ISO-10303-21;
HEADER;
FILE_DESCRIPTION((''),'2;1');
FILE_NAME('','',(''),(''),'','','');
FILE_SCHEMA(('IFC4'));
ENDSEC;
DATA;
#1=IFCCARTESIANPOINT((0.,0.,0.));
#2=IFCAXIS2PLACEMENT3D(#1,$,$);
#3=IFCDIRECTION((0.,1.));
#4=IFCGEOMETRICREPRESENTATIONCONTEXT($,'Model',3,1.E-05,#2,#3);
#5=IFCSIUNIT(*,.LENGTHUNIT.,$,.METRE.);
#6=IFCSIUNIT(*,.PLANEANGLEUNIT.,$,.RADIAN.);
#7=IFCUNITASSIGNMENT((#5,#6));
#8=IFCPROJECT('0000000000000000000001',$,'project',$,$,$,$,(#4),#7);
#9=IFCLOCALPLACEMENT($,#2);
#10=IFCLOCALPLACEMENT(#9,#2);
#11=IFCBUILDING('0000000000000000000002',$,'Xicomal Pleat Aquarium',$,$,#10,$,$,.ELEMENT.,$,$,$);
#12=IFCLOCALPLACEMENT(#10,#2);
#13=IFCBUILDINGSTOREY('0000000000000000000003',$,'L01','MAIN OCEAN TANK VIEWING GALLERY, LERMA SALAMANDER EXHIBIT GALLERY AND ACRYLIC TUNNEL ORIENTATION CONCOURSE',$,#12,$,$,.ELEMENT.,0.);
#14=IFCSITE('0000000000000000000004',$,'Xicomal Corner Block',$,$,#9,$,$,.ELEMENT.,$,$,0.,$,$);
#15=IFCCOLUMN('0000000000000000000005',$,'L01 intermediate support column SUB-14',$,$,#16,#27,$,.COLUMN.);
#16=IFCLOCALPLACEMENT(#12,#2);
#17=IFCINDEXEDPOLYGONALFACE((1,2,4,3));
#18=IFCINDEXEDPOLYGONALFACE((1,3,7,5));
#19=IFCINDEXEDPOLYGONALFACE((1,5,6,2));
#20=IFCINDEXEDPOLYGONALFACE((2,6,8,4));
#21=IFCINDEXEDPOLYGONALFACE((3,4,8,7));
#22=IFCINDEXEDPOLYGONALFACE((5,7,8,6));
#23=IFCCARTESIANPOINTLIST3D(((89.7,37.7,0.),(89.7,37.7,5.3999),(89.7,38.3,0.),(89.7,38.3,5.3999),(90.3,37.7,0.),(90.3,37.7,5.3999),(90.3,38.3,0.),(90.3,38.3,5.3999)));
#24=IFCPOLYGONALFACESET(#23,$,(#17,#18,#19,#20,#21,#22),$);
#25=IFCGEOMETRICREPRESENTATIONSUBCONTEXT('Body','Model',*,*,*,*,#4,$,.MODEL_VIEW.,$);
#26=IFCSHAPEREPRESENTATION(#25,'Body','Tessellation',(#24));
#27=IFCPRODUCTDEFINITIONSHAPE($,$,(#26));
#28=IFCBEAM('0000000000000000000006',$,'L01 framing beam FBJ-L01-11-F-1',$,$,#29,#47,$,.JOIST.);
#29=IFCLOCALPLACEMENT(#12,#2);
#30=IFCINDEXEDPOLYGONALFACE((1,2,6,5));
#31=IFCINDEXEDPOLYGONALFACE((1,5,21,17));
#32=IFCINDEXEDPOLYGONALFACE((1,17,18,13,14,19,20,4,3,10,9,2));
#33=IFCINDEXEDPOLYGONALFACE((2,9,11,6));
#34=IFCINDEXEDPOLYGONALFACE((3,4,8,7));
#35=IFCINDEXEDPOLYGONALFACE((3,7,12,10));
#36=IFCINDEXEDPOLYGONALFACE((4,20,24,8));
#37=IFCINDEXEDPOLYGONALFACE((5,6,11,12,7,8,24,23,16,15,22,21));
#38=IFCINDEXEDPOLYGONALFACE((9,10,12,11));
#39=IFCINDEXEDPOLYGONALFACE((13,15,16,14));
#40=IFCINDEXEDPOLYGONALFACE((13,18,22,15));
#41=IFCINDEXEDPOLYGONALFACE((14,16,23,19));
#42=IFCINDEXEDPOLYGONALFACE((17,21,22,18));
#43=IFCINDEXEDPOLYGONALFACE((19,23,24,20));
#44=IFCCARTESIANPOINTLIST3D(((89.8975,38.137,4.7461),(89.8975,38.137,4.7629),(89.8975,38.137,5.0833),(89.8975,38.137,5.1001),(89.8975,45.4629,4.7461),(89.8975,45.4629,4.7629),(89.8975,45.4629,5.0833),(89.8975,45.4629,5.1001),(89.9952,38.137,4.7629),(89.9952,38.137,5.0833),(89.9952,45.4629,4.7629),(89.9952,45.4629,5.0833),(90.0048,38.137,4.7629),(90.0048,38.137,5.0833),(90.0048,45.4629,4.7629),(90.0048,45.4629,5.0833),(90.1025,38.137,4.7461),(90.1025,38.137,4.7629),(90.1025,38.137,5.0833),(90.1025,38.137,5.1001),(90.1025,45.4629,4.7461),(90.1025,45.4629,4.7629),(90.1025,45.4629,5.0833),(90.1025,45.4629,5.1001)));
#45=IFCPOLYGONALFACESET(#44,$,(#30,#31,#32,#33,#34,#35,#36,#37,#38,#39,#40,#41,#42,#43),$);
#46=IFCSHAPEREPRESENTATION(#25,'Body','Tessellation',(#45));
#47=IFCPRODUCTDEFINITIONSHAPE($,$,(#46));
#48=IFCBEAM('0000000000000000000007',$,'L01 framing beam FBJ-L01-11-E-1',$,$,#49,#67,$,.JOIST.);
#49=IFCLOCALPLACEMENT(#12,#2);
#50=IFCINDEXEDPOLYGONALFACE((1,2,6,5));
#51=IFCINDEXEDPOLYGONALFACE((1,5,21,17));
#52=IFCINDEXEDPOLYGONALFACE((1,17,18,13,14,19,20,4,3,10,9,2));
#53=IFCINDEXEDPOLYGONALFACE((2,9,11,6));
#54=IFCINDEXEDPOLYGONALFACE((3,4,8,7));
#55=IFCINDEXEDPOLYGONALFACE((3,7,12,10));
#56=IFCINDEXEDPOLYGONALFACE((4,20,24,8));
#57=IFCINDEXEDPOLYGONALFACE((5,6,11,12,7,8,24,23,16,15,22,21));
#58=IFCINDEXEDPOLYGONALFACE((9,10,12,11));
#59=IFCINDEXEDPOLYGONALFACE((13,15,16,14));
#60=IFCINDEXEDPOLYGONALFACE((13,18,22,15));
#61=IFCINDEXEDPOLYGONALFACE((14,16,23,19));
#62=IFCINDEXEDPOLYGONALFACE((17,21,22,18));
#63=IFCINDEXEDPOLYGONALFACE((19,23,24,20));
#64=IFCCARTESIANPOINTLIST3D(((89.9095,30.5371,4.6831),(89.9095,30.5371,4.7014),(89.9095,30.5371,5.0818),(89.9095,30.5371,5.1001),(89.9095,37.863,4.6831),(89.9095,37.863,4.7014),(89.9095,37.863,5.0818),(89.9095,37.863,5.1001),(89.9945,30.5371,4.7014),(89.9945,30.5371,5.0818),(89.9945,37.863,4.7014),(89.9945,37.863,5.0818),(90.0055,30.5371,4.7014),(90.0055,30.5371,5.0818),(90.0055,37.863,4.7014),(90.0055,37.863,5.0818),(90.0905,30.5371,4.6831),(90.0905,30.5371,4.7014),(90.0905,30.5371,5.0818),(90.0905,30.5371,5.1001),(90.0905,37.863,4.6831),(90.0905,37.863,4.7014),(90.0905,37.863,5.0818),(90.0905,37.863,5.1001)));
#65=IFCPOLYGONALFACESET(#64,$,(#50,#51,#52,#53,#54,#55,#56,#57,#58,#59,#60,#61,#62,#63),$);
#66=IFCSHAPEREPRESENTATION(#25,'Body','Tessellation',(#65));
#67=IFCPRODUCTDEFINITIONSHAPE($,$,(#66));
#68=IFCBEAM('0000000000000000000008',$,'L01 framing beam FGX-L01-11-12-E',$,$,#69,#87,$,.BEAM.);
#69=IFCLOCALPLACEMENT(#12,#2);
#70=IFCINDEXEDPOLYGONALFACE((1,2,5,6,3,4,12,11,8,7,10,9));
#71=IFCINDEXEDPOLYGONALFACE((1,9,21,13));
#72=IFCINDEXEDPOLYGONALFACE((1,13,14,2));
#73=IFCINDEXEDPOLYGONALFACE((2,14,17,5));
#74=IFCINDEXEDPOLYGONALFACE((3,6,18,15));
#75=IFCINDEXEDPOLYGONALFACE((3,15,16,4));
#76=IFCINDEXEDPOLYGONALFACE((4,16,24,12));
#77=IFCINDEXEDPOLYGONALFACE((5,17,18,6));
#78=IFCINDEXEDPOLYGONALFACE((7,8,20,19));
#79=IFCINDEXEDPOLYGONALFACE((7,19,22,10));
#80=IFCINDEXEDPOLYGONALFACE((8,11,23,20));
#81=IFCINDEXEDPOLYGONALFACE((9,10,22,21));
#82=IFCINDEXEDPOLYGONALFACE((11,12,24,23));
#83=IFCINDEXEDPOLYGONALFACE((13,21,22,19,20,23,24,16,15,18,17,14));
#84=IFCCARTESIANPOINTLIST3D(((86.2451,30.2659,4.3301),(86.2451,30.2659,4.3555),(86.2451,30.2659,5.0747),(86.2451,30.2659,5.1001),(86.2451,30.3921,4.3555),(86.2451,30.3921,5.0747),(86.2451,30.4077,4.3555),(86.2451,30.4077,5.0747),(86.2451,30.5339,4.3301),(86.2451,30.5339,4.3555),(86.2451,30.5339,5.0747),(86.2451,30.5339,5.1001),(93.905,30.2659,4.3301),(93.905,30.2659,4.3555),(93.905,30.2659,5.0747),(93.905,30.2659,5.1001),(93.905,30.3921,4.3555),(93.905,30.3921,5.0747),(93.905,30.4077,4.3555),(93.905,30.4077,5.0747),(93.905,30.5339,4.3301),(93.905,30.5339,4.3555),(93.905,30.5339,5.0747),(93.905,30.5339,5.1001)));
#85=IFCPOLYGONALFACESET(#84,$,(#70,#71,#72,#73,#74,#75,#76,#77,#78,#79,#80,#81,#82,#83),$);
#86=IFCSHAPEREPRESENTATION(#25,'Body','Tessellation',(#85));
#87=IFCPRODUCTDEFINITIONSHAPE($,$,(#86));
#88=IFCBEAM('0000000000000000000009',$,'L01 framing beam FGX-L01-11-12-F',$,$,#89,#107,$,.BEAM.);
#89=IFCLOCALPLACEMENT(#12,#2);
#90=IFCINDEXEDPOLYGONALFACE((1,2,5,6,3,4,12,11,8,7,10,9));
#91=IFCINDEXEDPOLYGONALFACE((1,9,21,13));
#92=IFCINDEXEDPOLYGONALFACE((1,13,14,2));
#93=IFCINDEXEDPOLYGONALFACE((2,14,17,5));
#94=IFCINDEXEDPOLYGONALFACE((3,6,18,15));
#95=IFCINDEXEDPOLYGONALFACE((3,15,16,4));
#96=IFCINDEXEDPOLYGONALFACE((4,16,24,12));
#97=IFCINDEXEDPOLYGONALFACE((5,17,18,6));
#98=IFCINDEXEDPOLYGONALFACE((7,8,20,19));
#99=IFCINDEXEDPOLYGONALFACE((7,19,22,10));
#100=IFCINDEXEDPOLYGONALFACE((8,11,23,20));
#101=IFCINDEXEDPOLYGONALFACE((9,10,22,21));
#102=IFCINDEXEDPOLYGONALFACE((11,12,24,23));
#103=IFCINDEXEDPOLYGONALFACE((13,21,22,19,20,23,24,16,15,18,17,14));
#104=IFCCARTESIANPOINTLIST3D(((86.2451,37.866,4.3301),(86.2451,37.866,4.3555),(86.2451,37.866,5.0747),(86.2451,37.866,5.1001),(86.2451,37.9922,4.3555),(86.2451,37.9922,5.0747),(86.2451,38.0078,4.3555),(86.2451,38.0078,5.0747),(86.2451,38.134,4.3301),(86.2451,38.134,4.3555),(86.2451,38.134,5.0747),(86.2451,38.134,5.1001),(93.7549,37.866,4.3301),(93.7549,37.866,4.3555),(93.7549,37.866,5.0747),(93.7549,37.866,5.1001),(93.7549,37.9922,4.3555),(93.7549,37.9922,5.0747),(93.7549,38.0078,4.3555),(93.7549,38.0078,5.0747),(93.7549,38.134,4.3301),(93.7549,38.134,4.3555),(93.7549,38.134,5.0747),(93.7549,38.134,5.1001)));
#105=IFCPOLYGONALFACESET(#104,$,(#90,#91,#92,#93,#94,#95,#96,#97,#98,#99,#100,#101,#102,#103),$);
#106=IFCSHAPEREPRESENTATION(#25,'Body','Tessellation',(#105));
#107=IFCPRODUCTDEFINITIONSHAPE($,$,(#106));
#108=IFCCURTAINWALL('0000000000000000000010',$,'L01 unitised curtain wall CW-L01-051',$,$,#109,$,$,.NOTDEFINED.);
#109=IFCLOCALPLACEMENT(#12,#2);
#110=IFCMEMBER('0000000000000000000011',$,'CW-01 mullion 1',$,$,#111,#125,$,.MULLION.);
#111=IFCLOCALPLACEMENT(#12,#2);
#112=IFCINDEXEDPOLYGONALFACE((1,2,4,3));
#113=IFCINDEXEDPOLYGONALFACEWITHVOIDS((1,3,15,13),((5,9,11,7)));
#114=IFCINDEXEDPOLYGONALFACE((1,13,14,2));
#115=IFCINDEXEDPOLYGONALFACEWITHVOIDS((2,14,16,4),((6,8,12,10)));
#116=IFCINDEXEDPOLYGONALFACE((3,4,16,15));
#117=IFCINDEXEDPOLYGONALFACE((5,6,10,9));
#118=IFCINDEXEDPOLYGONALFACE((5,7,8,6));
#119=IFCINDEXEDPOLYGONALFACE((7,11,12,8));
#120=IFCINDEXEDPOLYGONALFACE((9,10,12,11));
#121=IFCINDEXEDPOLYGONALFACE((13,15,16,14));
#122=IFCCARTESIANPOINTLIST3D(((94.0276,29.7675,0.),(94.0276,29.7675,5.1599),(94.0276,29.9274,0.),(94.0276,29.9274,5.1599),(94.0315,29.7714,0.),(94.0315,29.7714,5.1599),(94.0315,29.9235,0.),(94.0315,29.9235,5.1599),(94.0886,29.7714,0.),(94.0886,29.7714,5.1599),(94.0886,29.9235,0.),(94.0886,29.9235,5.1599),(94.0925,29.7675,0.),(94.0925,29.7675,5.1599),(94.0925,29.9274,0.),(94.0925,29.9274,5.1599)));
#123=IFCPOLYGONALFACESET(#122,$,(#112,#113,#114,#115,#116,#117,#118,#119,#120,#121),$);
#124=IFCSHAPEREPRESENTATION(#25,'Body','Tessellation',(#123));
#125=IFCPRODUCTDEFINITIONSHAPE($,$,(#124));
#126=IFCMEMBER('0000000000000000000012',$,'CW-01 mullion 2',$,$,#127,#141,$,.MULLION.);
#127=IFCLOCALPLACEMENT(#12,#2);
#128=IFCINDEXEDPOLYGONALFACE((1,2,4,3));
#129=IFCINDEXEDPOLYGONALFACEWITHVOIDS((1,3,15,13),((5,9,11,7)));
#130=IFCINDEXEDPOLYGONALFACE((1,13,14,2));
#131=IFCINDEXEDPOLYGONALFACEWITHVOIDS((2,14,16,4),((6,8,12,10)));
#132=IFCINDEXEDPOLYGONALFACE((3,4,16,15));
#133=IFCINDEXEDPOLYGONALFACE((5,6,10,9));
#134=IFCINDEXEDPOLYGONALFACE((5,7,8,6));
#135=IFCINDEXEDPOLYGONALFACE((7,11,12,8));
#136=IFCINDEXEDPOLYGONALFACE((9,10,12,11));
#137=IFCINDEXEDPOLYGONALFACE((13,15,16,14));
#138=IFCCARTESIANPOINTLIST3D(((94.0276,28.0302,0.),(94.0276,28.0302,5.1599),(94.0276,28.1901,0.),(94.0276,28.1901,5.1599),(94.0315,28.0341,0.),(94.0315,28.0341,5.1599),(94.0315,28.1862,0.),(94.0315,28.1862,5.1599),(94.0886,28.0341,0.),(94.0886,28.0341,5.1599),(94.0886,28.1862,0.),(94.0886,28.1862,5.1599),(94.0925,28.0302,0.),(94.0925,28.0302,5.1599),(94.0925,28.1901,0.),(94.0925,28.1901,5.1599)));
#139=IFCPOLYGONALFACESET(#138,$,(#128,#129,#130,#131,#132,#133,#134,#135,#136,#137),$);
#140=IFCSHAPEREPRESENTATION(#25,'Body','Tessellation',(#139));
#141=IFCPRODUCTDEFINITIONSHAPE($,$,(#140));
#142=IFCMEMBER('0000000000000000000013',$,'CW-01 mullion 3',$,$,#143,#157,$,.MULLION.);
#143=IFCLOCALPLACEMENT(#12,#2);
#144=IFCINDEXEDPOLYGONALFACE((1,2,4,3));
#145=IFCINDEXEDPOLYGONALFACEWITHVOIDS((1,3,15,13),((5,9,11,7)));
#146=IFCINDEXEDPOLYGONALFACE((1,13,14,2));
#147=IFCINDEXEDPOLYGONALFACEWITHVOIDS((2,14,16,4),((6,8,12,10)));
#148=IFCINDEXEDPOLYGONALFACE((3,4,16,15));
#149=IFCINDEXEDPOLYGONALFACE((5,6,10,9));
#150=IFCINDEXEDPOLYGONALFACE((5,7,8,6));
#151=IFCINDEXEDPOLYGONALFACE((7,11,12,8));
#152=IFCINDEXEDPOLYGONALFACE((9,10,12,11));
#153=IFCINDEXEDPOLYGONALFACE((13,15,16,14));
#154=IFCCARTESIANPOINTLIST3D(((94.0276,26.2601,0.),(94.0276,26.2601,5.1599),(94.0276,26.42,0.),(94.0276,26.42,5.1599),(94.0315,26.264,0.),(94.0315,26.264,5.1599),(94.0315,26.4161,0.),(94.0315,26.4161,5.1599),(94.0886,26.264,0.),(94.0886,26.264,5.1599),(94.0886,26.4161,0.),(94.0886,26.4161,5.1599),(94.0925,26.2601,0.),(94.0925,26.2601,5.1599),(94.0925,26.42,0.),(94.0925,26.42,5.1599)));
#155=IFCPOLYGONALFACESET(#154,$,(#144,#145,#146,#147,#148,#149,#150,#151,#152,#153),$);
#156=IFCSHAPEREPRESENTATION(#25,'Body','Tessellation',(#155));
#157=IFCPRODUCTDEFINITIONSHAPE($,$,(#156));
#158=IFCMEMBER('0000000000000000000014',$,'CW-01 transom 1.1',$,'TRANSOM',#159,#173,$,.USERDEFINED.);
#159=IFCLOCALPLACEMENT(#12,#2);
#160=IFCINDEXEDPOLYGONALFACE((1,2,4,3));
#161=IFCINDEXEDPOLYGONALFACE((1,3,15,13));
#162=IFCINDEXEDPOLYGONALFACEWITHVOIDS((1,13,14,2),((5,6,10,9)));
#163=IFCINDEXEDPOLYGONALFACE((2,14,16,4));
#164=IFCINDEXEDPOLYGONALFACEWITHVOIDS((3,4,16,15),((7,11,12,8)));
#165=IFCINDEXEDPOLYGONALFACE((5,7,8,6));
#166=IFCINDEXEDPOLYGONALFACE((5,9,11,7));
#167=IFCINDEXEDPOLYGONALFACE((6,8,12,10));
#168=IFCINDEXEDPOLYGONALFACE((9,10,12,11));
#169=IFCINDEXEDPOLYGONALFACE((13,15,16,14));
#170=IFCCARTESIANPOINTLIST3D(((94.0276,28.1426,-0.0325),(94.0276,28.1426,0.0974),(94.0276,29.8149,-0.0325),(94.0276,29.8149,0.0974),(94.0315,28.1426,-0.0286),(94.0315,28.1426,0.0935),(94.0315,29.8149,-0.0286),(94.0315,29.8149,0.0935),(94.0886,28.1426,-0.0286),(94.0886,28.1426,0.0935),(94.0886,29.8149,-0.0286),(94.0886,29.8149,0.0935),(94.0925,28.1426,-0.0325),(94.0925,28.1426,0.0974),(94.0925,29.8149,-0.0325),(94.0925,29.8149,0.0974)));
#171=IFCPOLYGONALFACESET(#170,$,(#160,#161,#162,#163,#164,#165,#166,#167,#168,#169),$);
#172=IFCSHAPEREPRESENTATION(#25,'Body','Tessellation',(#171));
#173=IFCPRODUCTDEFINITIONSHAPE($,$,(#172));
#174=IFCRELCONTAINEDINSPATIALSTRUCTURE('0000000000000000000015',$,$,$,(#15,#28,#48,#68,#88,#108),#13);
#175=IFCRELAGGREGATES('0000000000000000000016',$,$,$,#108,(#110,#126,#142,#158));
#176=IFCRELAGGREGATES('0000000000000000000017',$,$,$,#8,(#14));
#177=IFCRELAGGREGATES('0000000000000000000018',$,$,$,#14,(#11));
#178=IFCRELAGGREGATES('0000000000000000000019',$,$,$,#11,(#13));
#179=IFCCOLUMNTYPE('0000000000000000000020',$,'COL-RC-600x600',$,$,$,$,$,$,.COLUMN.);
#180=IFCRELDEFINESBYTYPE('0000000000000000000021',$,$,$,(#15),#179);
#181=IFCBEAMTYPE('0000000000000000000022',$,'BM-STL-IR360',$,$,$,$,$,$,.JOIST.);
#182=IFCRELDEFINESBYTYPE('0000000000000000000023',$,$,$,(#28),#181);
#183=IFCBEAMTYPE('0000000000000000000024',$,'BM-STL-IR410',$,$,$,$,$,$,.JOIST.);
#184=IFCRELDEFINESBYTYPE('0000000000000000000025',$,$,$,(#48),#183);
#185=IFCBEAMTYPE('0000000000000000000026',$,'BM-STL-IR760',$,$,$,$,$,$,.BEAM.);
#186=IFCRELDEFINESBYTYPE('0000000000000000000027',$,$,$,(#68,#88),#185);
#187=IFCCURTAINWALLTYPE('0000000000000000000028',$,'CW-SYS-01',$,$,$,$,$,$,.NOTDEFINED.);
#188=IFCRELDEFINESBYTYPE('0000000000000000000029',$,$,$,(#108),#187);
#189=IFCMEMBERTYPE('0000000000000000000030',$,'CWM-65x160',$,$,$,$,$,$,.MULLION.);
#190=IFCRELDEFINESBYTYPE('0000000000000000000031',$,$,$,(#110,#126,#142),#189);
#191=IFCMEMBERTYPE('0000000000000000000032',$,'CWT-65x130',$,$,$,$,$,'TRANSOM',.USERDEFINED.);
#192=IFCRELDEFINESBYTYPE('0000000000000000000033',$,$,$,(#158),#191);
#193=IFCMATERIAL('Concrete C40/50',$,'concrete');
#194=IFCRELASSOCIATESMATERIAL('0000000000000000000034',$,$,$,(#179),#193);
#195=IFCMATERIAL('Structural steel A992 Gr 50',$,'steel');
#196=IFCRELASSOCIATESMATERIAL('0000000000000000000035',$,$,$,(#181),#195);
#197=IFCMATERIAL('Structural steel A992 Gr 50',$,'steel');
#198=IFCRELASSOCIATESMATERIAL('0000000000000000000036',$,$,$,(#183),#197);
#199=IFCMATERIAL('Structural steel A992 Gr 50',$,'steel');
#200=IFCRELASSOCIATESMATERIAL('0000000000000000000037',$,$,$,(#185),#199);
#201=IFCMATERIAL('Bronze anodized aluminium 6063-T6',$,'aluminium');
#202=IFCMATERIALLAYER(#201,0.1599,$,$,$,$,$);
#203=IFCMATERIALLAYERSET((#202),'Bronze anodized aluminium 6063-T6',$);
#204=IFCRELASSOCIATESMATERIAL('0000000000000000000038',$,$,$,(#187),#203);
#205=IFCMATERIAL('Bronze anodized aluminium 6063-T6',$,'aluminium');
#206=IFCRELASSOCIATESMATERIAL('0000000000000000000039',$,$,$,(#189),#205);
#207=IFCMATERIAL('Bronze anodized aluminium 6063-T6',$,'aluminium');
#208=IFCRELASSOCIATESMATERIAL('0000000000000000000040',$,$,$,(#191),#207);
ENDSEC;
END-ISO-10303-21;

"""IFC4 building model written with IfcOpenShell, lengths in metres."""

from ifc_helpers import new_model, si_unit, direction, frame, origin, origin_2d, place, context, subcontext, project, spatial, rectangle, hollow_rectangle, i_section, extrude, material, layer, layer_set, material_profile, profile_set, type_object, element, aggregate, save


model = new_model("IFC4")

# Units and contexts
model_context = context("Model", 3, precision=1e-05, world=origin(), true_north=direction((0.0, 1.0)))
body_context = subcontext(model_context, "Body", "Model", "MODEL_VIEW")
ifc_project = project(units=[si_unit("LENGTHUNIT", "METRE"), si_unit("PLANEANGLEUNIT", "RADIAN")], contexts=[model_context])

# Site, building, storey
site_placement = place(None, origin())
site = spatial("IfcSite", under=ifc_project, at=site_placement, Name="Xicomal Corner Block", CompositionType="ELEMENT", RefElevation=0.0)
building_placement = place(site_placement, origin())
building = spatial("IfcBuilding", under=site, at=building_placement, Name="Xicomal Pleat Aquarium", CompositionType="ELEMENT")
storey_placement = place(building_placement, origin())
storey = spatial("IfcBuildingStorey", under=building, at=storey_placement, Name="L01", Description="MAIN OCEAN TANK VIEWING GALLERY, LERMA SALAMANDER EXHIBIT GALLERY AND ACRYLIC TUNNEL ORIENTATION CONCOURSE", CompositionType="ELEMENT", Elevation=0.0)

# Column
ifc_material_1 = material(Name="Concrete C40/50", Category="concrete")
ifc_material_profile_1 = material_profile(ifc_material_1, rectangle(XDim=0.6001, YDim=0.6001, at=origin_2d()), Name="RC 600x600")
ifc_profile_set_1 = profile_set([ifc_material_profile_1], Name="Concrete C40/50")
column_type = type_object("IfcColumnType", Name="COL-RC-600x600", PredefinedType="COLUMN", material=ifc_profile_set_1)
column_placement = place(storey_placement, frame((90.0, 38.0, 0.0), z_axis=(0.0, 0.0, 1.0), x_axis=(1.0, 0.0, 0.0)))
element("IfcColumn", 1, at=column_placement, inside=storey, type_object=column_type, Name="L01 intermediate support column SUB-14", PredefinedType="COLUMN", context=body_context, shape_type="SweptSolid", body=[
    extrude(rectangle(XDim=0.6001, YDim=0.6001, at=origin_2d()), origin(), (0.0, 0.0, 1.0), 5.3999),
])

# Beams
ifc_material_2 = material(Name="Structural steel A992 Gr 50", Category="steel")
ifc_material_profile_2 = material_profile(ifc_material_2, i_section(OverallWidth=0.2051, OverallDepth=0.354, WebThickness=0.0095, FlangeThickness=0.0168, at=origin_2d()), Name="IR 360x79")
ifc_profile_set_2 = profile_set([ifc_material_profile_2], Name="Structural steel A992 Gr 50")
beam_type_1 = type_object("IfcBeamType", Name="BM-STL-IR360", PredefinedType="JOIST", material=ifc_profile_set_2)
beam_1_placement = place(storey_placement, frame((90.0, 38.137, 4.9231), z_axis=(0.0, 1.0, 0.0), x_axis=(-1.0, 0.0, 0.0)))
element("IfcBeam", 2, at=beam_1_placement, inside=storey, type_object=beam_type_1, Name="L01 framing beam FBJ-L01-11-F-1", PredefinedType="JOIST", context=body_context, shape_type="SweptSolid", body=[
    extrude(i_section(OverallWidth=0.2051, OverallDepth=0.354, WebThickness=0.0095, FlangeThickness=0.0168, at=origin_2d()), origin(), (0.0, 0.0, 1.0), 7.3259),
])
ifc_material_3 = material(Name="Structural steel A992 Gr 50", Category="steel")
ifc_material_profile_3 = material_profile(ifc_material_3, i_section(OverallWidth=0.1809, OverallDepth=0.417, WebThickness=0.011, FlangeThickness=0.0183, at=origin_2d()), Name="IR 410x85")
ifc_profile_set_3 = profile_set([ifc_material_profile_3], Name="Structural steel A992 Gr 50")
beam_type_2 = type_object("IfcBeamType", Name="BM-STL-IR410", PredefinedType="JOIST", material=ifc_profile_set_3)
beam_2_placement = place(storey_placement, frame((90.0, 30.5371, 4.8916), z_axis=(0.0, 1.0, 0.0), x_axis=(-1.0, 0.0, 0.0)))
element("IfcBeam", 3, at=beam_2_placement, inside=storey, type_object=beam_type_2, Name="L01 framing beam FBJ-L01-11-E-1", PredefinedType="JOIST", context=body_context, shape_type="SweptSolid", body=[
    extrude(i_section(OverallWidth=0.1809, OverallDepth=0.417, WebThickness=0.011, FlangeThickness=0.0183, at=origin_2d()), origin(), (0.0, 0.0, 1.0), 7.3259),
])
ifc_material_4 = material(Name="Structural steel A992 Gr 50", Category="steel")
ifc_material_profile_4 = material_profile(ifc_material_4, i_section(OverallWidth=0.2681, OverallDepth=0.77, WebThickness=0.0156, FlangeThickness=0.0254, at=origin_2d()), Name="IR 760x196")
ifc_profile_set_4 = profile_set([ifc_material_profile_4], Name="Structural steel A992 Gr 50")
beam_type_3 = type_object("IfcBeamType", Name="BM-STL-IR760", PredefinedType="BEAM", material=ifc_profile_set_4)
beam_3_placement = place(storey_placement, frame((86.2451, 30.3999, 4.7151), z_axis=(1.0, 0.0, 0.0), x_axis=(0.0, 1.0, 0.0)))
element("IfcBeam", 4, at=beam_3_placement, inside=storey, type_object=beam_type_3, Name="L01 framing beam FGX-L01-11-12-E", PredefinedType="BEAM", context=body_context, shape_type="SweptSolid", body=[
    extrude(i_section(OverallWidth=0.2681, OverallDepth=0.77, WebThickness=0.0156, FlangeThickness=0.0254, at=origin_2d()), origin(), (0.0, 0.0, 1.0), 7.6599),
])
beam_4_placement = place(storey_placement, frame((86.2451, 38.0, 4.7151), z_axis=(1.0, 0.0, 0.0), x_axis=(0.0, 1.0, 0.0)))
element("IfcBeam", 5, at=beam_4_placement, inside=storey, type_object=beam_type_3, Name="L01 framing beam FGX-L01-11-12-F", PredefinedType="BEAM", context=body_context, shape_type="SweptSolid", body=[
    extrude(i_section(OverallWidth=0.2681, OverallDepth=0.77, WebThickness=0.0156, FlangeThickness=0.0254, at=origin_2d()), origin(), (0.0, 0.0, 1.0), 7.5098),
])

# Curtain wall, members
ifc_material_5 = material(Name="Bronze anodized aluminium 6063-T6", Category="aluminium")
ifc_layer_1 = layer(ifc_material_5, 0.1599)
ifc_layer_set_1 = layer_set([ifc_layer_1], Name="Bronze anodized aluminium 6063-T6")
curtain_wall_type = type_object("IfcCurtainWallType", Name="CW-SYS-01", PredefinedType="NOTDEFINED", material=ifc_layer_set_1)
curtain_wall_placement = place(storey_placement, origin())
curtain_wall = element("IfcCurtainWall", 6, at=curtain_wall_placement, inside=storey, type_object=curtain_wall_type, Name="L01 unitised curtain wall CW-L01-051", PredefinedType="NOTDEFINED")
ifc_material_6 = material(Name="Bronze anodized aluminium 6063-T6", Category="aluminium")
ifc_material_profile_5 = material_profile(ifc_material_6, hollow_rectangle(XDim=0.0649, YDim=0.1599, WallThickness=0.0039, at=origin_2d()), Name="ALU MULL 65x160")
ifc_profile_set_5 = profile_set([ifc_material_profile_5], Name="Bronze anodized aluminium 6063-T6")
member_type_1 = type_object("IfcMemberType", Name="CWM-65x160", PredefinedType="MULLION", material=ifc_profile_set_5)
member_1_placement = place(storey_placement, frame((94.0601, 29.8474, 0.0), z_axis=(0.0, 0.0, 1.0), x_axis=(1.0, 0.0, 0.0)))
member_1 = element("IfcMember", 7, at=member_1_placement, type_object=member_type_1, Name="CW-01 mullion 1", PredefinedType="MULLION", context=body_context, shape_type="SweptSolid", body=[
    extrude(hollow_rectangle(XDim=0.0649, YDim=0.1599, WallThickness=0.0039, at=origin_2d()), origin(), (0.0, 0.0, 1.0), 5.1599),
])
member_2_placement = place(storey_placement, frame((94.0601, 28.1101, 0.0), z_axis=(0.0, 0.0, 1.0), x_axis=(1.0, 0.0, 0.0)))
member_2 = element("IfcMember", 8, at=member_2_placement, type_object=member_type_1, Name="CW-01 mullion 2", PredefinedType="MULLION", context=body_context, shape_type="SweptSolid", body=[
    extrude(hollow_rectangle(XDim=0.0649, YDim=0.1599, WallThickness=0.0039, at=origin_2d()), origin(), (0.0, 0.0, 1.0), 5.1599),
])
member_3_placement = place(storey_placement, frame((94.0601, 26.3401, 0.0), z_axis=(0.0, 0.0, 1.0), x_axis=(1.0, 0.0, 0.0)))
member_3 = element("IfcMember", 9, at=member_3_placement, type_object=member_type_1, Name="CW-01 mullion 3", PredefinedType="MULLION", context=body_context, shape_type="SweptSolid", body=[
    extrude(hollow_rectangle(XDim=0.0649, YDim=0.1599, WallThickness=0.0039, at=origin_2d()), origin(), (0.0, 0.0, 1.0), 5.1599),
])
ifc_material_7 = material(Name="Bronze anodized aluminium 6063-T6", Category="aluminium")
ifc_material_profile_6 = material_profile(ifc_material_7, hollow_rectangle(XDim=0.0649, YDim=0.1299, WallThickness=0.0039, at=origin_2d()), Name="ALU TRAN 65x130")
ifc_profile_set_6 = profile_set([ifc_material_profile_6], Name="Bronze anodized aluminium 6063-T6")
member_type_2 = type_object("IfcMemberType", Name="CWT-65x130", ElementType="TRANSOM", PredefinedType="USERDEFINED", material=ifc_profile_set_6)
member_4_placement = place(storey_placement, frame((94.0601, 29.8149, 0.0325), z_axis=(0.0, -1.0, 0.0), x_axis=(1.0, 0.0, 0.0)))
member_4 = element("IfcMember", 10, at=member_4_placement, type_object=member_type_2, Name="CW-01 transom 1.1", ObjectType="TRANSOM", PredefinedType="USERDEFINED", context=body_context, shape_type="SweptSolid", body=[
    extrude(hollow_rectangle(XDim=0.0649, YDim=0.1299, WallThickness=0.0039, at=origin_2d()), origin(), (0.0, 0.0, 1.0), 1.6724),
])
aggregate(curtain_wall, [member_1, member_2, member_3, member_4])

save(model, "model.ifc")
